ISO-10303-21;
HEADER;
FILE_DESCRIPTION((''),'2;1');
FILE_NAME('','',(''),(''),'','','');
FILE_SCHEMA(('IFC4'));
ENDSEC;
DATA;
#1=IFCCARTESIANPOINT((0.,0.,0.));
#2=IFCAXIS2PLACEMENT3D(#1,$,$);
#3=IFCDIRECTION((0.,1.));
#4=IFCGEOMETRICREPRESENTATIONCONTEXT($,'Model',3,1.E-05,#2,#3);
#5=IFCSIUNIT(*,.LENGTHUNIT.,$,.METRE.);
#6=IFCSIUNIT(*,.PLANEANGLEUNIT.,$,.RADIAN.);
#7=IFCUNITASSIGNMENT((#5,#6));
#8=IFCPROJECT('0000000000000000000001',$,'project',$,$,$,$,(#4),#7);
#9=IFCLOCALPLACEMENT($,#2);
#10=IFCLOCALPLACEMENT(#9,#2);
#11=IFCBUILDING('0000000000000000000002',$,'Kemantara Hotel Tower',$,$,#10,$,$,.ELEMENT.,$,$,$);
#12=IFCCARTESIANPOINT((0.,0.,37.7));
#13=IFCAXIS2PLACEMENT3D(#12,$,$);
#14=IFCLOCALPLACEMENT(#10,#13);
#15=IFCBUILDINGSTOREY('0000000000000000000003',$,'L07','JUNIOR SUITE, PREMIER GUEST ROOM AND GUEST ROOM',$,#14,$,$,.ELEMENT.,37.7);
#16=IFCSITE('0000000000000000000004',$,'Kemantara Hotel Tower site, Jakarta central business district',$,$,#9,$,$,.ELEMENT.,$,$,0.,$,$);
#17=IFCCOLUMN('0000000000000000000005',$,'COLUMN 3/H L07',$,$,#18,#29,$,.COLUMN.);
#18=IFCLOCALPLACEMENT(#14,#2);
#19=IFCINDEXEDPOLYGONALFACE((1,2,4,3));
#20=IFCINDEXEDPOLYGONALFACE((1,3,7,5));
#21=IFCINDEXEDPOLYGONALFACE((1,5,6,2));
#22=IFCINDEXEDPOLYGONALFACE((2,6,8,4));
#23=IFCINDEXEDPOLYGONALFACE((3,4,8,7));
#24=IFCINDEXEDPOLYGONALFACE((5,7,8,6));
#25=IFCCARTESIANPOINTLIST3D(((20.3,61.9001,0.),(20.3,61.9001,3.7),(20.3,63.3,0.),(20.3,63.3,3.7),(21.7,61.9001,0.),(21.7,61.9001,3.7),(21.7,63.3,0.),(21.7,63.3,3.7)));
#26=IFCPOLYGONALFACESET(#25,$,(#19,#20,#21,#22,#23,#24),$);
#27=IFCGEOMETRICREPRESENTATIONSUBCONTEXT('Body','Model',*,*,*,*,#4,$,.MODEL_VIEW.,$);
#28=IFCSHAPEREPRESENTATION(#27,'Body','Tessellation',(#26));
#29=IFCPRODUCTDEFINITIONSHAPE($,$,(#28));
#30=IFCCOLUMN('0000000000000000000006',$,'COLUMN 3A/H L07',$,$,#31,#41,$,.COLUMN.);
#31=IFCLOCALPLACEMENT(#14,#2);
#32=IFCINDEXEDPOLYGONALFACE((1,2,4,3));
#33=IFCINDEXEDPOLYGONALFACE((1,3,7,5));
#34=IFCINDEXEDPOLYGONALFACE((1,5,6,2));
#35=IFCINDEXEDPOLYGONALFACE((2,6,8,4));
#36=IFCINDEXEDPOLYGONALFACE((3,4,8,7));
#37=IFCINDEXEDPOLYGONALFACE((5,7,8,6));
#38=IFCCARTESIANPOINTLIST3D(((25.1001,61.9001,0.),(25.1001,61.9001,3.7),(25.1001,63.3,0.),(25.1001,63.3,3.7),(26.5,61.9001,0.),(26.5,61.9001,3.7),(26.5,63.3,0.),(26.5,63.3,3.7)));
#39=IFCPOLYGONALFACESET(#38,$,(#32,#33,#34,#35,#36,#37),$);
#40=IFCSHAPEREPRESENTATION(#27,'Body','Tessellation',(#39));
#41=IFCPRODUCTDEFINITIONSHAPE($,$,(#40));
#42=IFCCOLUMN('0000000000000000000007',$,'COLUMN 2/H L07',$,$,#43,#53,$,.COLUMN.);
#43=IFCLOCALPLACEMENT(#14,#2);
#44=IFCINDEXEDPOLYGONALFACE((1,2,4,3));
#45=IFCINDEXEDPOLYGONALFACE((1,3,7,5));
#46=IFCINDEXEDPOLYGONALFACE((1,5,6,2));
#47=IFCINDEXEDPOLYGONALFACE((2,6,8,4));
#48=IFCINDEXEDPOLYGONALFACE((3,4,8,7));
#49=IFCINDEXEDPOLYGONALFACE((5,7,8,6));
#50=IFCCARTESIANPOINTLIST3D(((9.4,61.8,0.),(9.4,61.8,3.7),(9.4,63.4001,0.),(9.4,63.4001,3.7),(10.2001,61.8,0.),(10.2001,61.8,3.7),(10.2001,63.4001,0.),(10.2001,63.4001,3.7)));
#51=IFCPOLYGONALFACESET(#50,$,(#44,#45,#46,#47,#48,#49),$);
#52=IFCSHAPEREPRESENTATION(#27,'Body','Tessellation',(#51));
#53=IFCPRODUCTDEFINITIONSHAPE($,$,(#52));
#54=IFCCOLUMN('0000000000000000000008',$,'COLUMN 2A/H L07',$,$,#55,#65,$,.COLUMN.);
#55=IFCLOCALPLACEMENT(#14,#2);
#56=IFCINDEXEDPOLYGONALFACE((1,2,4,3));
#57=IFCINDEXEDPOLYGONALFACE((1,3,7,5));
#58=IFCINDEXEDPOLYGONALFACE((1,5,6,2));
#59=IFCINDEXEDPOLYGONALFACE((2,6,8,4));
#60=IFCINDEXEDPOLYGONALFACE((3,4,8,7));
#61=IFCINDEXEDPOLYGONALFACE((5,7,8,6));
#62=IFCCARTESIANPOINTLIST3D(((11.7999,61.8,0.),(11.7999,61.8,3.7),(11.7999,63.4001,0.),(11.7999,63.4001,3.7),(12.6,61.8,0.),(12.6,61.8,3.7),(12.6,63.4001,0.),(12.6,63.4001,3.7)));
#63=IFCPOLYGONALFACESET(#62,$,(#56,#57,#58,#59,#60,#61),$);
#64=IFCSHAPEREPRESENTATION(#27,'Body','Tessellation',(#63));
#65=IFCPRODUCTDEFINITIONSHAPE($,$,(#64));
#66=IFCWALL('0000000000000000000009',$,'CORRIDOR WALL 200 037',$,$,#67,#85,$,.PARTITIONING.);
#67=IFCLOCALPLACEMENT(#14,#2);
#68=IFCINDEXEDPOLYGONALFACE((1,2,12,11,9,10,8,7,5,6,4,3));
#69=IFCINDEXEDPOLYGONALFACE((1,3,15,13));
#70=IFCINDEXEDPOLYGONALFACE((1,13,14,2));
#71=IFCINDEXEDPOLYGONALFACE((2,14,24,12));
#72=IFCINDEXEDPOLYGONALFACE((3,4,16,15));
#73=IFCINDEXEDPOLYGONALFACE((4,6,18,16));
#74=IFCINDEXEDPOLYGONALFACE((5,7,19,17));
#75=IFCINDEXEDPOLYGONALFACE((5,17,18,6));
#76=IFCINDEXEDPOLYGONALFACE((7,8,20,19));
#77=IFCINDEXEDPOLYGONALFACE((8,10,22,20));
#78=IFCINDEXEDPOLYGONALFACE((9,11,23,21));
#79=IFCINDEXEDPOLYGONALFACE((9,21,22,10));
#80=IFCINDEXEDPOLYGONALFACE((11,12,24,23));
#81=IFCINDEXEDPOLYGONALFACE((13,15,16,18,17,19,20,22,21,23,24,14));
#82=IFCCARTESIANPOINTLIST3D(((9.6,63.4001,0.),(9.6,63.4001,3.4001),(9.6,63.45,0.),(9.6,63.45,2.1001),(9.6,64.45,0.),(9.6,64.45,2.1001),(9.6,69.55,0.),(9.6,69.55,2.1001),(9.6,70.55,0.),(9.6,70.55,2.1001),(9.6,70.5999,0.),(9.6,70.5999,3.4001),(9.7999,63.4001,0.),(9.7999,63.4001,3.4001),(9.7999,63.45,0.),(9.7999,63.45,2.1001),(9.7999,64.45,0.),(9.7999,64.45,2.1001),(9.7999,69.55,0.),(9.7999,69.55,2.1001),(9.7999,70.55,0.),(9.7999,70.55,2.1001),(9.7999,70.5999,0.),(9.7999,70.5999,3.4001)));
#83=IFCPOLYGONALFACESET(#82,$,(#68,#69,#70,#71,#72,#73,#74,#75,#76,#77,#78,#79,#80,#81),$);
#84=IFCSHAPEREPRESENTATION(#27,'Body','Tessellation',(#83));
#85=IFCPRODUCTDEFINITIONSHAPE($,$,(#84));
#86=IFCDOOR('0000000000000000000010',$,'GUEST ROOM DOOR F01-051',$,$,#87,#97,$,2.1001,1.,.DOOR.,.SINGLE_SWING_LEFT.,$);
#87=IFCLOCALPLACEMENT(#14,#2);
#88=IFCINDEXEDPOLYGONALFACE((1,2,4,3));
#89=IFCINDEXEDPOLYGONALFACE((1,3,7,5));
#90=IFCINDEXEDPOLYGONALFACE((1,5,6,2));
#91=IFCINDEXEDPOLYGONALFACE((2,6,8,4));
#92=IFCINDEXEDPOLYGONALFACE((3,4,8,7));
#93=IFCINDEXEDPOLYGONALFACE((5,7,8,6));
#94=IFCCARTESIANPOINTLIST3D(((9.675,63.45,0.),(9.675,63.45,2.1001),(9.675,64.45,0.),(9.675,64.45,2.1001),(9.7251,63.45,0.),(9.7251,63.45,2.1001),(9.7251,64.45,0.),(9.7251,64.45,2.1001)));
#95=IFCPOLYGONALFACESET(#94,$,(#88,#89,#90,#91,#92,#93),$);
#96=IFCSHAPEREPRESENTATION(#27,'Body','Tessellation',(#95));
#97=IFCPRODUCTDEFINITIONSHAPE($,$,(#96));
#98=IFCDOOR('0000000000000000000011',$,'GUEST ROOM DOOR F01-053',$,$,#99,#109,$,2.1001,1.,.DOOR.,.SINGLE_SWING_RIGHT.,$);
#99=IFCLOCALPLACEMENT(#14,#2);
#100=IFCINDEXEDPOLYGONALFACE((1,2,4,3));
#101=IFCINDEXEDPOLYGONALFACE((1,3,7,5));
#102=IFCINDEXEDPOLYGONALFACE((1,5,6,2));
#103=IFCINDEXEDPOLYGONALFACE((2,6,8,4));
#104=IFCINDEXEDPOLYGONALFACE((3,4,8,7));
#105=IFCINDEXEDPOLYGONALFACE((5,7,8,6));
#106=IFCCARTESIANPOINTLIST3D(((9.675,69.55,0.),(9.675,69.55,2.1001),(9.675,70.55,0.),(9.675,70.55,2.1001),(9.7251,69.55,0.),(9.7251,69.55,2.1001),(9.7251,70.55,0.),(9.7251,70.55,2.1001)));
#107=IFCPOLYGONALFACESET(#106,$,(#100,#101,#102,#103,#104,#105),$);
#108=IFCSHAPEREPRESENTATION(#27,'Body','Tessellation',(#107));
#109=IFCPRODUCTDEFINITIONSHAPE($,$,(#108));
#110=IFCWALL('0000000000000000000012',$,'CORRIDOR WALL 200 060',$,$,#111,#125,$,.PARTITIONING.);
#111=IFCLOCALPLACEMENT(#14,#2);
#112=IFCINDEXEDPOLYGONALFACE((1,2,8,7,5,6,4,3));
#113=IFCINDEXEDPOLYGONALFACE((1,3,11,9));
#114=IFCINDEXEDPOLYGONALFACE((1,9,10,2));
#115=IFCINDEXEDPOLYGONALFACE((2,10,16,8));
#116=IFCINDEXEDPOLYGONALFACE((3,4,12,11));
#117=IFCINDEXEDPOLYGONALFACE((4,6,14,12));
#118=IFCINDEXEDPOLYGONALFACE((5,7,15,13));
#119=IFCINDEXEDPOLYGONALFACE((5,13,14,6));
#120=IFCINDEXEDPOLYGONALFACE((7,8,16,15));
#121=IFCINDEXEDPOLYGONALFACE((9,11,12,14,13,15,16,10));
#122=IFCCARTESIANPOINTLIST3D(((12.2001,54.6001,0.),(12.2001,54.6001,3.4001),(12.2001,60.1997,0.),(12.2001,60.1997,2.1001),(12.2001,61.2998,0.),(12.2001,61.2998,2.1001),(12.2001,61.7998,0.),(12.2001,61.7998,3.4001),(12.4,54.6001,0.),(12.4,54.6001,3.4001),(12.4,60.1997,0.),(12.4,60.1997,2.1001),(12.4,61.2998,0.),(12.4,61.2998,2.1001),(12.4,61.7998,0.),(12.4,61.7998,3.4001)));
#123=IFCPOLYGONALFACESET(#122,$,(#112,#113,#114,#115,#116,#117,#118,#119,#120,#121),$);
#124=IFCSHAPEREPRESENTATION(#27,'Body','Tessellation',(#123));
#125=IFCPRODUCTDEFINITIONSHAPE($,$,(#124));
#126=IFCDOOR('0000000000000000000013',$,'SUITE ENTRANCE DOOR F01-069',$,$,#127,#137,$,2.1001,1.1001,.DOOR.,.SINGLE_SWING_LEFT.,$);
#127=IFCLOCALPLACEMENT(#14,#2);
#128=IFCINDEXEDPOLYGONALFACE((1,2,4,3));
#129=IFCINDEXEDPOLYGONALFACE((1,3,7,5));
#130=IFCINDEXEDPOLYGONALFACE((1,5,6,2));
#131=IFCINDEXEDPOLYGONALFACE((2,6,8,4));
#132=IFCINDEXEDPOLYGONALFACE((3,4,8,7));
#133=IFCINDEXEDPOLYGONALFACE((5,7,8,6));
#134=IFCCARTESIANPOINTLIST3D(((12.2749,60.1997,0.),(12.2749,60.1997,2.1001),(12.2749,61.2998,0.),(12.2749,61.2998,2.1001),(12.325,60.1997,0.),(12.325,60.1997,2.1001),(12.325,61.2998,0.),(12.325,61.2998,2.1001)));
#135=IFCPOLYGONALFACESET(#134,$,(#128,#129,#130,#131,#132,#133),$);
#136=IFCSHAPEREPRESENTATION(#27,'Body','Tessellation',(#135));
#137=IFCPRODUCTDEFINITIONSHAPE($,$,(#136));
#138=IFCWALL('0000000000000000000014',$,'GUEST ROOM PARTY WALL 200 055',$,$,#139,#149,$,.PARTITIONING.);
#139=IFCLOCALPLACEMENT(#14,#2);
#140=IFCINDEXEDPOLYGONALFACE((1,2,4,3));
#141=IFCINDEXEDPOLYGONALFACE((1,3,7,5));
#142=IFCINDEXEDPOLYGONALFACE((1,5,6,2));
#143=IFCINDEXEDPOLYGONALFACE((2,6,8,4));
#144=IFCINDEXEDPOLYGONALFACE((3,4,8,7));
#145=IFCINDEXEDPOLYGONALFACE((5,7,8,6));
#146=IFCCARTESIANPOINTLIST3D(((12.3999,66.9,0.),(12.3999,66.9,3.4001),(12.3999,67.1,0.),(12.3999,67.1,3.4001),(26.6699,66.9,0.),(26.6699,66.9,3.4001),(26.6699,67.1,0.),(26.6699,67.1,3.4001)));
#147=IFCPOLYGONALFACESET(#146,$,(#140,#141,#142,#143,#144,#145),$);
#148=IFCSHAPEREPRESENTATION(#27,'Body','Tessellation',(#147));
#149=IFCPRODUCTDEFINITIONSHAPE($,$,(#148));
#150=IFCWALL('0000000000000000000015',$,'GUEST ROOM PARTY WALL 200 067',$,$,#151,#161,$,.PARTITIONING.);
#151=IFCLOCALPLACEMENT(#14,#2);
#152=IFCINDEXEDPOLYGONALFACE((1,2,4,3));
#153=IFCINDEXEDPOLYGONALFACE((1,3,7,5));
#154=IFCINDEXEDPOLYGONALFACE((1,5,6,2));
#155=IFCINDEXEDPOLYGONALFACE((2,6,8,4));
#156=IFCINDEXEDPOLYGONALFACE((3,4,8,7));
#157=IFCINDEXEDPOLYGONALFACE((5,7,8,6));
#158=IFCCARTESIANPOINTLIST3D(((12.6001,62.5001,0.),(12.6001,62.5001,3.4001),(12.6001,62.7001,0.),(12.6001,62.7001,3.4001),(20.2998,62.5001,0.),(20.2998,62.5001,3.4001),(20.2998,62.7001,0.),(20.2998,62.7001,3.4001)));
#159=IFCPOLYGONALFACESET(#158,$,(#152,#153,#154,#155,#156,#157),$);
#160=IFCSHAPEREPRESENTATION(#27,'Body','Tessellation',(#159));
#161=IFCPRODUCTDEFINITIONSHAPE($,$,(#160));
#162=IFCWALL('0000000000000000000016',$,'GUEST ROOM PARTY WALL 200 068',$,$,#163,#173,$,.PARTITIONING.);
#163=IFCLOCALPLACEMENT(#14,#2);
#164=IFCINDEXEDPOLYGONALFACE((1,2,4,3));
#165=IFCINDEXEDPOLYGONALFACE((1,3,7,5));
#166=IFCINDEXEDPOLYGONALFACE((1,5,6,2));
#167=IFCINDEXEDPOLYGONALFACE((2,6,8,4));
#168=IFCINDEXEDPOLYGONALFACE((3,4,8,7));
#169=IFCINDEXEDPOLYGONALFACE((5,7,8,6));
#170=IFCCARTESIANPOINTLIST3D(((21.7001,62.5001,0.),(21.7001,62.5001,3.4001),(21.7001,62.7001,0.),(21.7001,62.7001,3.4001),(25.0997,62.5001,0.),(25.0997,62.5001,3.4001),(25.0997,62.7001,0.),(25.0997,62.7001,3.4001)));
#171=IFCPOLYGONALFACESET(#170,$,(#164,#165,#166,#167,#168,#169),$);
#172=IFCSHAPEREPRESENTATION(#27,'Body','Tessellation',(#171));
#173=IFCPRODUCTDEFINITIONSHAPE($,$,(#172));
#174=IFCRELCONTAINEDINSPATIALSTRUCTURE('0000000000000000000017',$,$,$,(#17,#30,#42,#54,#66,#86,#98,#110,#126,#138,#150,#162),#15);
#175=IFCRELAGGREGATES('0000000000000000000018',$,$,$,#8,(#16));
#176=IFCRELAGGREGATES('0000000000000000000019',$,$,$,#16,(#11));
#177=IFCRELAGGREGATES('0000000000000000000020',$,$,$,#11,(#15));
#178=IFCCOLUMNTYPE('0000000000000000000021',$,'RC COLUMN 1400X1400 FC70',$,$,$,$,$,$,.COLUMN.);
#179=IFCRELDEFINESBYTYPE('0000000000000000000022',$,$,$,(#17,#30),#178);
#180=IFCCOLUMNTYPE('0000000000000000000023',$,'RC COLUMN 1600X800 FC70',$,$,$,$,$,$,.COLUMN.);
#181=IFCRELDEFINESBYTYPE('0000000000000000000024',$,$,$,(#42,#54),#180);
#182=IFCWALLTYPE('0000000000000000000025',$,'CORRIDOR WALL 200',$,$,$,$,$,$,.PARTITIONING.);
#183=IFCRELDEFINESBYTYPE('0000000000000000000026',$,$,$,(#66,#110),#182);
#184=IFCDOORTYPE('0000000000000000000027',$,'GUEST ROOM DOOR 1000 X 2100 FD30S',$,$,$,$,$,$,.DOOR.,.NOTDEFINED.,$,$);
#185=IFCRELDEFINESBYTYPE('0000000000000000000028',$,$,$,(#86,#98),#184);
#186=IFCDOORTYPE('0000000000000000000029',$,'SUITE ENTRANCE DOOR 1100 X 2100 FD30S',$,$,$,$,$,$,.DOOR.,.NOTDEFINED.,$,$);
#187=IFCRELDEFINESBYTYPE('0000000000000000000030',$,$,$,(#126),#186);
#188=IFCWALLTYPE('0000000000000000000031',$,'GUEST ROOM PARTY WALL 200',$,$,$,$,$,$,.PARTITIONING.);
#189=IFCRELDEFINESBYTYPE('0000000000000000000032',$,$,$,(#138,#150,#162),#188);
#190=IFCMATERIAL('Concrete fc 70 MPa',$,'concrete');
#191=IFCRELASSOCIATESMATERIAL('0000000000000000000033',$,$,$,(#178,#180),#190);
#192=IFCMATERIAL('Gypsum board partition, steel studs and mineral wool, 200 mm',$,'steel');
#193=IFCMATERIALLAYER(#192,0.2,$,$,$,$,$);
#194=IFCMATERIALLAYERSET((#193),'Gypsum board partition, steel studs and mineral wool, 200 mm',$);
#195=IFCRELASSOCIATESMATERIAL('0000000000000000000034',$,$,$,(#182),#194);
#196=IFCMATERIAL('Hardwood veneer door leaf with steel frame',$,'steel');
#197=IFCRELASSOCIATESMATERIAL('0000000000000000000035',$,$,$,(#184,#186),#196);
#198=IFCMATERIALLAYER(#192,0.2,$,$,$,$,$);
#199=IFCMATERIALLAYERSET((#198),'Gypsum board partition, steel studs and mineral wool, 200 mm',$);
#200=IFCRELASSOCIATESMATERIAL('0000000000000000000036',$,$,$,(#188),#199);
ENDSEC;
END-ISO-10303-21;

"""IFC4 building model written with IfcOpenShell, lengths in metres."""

from ifc_helpers import new_model, si_unit, direction, frame, frame_2d, origin, origin_2d, place, context, subcontext, project, spatial, rectangle, extrude, material, layer, layer_set, material_profile, profile_set, type_object, element, fill, save


model = new_model("IFC4")

# Units and contexts
model_context = context("Model", 3, precision=1e-05, world=origin(), true_north=direction((0.0, 1.0)))
body_context = subcontext(model_context, "Body", "Model", "MODEL_VIEW")
ifc_project = project(units=[si_unit("LENGTHUNIT", "METRE"), si_unit("PLANEANGLEUNIT", "RADIAN")], contexts=[model_context])

# Site, building, storey
site_placement = place(None, origin())
site = spatial("IfcSite", under=ifc_project, at=site_placement, Name="Kemantara Hotel Tower site, Jakarta central business district", CompositionType="ELEMENT", RefElevation=0.0)
building_placement = place(site_placement, origin())
building = spatial("IfcBuilding", under=site, at=building_placement, Name="Kemantara Hotel Tower", CompositionType="ELEMENT")
storey_placement = place(building_placement, frame((0.0, 0.0, 37.7)))
storey = spatial("IfcBuildingStorey", under=building, at=storey_placement, Name="L07", Description="JUNIOR SUITE, PREMIER GUEST ROOM AND GUEST ROOM", CompositionType="ELEMENT", Elevation=37.7)

# Columns
ifc_material_1 = material(Name="Concrete fc 70 MPa", Category="concrete")
ifc_material_profile_1 = material_profile(ifc_material_1, rectangle(XDim=1.3999, YDim=1.3999, at=origin_2d()), Name="RC 1400X1400")
ifc_profile_set_1 = profile_set([ifc_material_profile_1], Name="Concrete fc 70 MPa")
column_type_1 = type_object("IfcColumnType", Name="RC COLUMN 1400X1400 FC70", PredefinedType="COLUMN", material=ifc_profile_set_1)
for number, where, z_axis, x_axis, name in (
    (1, (21.0, 62.6001, 0.0), (0.0, 0.0, 1.0), (1.0, 0.0, 0.0), "COLUMN 3/H L07"),
    (2, (25.8, 62.6001, 0.0), (0.0, 0.0, 1.0), (1.0, 0.0, 0.0), "COLUMN 3A/H L07"),
):
    element("IfcColumn", number, at=place(storey_placement, frame(where, z_axis=z_axis, x_axis=x_axis)), inside=storey, type_object=column_type_1, Name=name, PredefinedType="COLUMN", context=body_context, shape_type="SweptSolid", body=[
        extrude(rectangle(XDim=1.3999, YDim=1.3999, at=origin_2d()), origin(), (0.0, 0.0, 1.0), 3.7),
    ])
ifc_material_profile_2 = material_profile(ifc_material_1, rectangle(XDim=1.6001, YDim=0.8, at=origin_2d()), Name="RC 1600X800")
ifc_profile_set_2 = profile_set([ifc_material_profile_2], Name="Concrete fc 70 MPa")
column_type_2 = type_object("IfcColumnType", Name="RC COLUMN 1600X800 FC70", PredefinedType="COLUMN", material=ifc_profile_set_2)
for number, where, z_axis, x_axis, name in (
    (3, (9.8, 62.6001, 0.0), (0.0, 0.0, 1.0), (0.0, 1.0, 0.0), "COLUMN 2/H L07"),
    (4, (12.2, 62.6001, 0.0), (0.0, 0.0, 1.0), (0.0, 1.0, 0.0), "COLUMN 2A/H L07"),
):
    element("IfcColumn", number, at=place(storey_placement, frame(where, z_axis=z_axis, x_axis=x_axis)), inside=storey, type_object=column_type_2, Name=name, PredefinedType="COLUMN", context=body_context, shape_type="SweptSolid", body=[
        extrude(rectangle(XDim=1.6001, YDim=0.8, at=origin_2d()), origin(), (0.0, 0.0, 1.0), 3.7),
    ])

# Wall, openings, doors
ifc_material_2 = material(Name="Gypsum board partition, steel studs and mineral wool, 200 mm", Category="steel")
ifc_layer_1 = layer(ifc_material_2, 0.2)
ifc_layer_set_1 = layer_set([ifc_layer_1], Name="Gypsum board partition, steel studs and mineral wool, 200 mm")
wall_type_1 = type_object("IfcWallType", Name="CORRIDOR WALL 200", PredefinedType="PARTITIONING", material=ifc_layer_set_1)
wall_1_placement = place(storey_placement, frame((9.7, 63.4001, 0.0), z_axis=(0.0, 0.0, 1.0), x_axis=(0.0, 1.0, 0.0)))
wall_1 = element("IfcWall", 5, at=wall_1_placement, inside=storey, type_object=wall_type_1, Name="CORRIDOR WALL 200 037", PredefinedType="PARTITIONING", context=body_context, shape_type="SweptSolid", body=[
    extrude(rectangle(XDim=7.1997, YDim=0.2, at=frame_2d((3.5999, 0.0))), origin(), (0.0, 0.0, 1.0), 3.4001),
])
opening_1_placement = place(wall_1_placement, frame((0.0498, 0.0, 0.0)))
opening_1 = element("IfcOpeningElement", 6, at=opening_1_placement, cuts=wall_1, PredefinedType="OPENING", context=body_context, shape_type="SweptSolid", body=[
    extrude(rectangle(XDim=1.0, YDim=2.1001, at=frame_2d((0.5, 1.05))), frame((0.0, 0.1099, 0.0), z_axis=(0.0, -1.0, 0.0), x_axis=(1.0, 0.0, 0.0)), (0.0, 0.0, 1.0), 0.22),
])
opening_2_placement = place(wall_1_placement, frame((6.1499, 0.0, 0.0)))
opening_2 = element("IfcOpeningElement", 7, at=opening_2_placement, cuts=wall_1, PredefinedType="OPENING", context=body_context, shape_type="SweptSolid", body=[
    extrude(rectangle(XDim=1.0, YDim=2.1001, at=frame_2d((0.5, 1.05))), frame((0.0, 0.1099, 0.0), z_axis=(0.0, -1.0, 0.0), x_axis=(1.0, 0.0, 0.0)), (0.0, 0.0, 1.0), 0.22),
])
ifc_material_3 = material(Name="Hardwood veneer door leaf with steel frame", Category="steel")
door_type_1 = type_object("IfcDoorType", Name="GUEST ROOM DOOR 1000 X 2100 FD30S", OperationType="NOTDEFINED", PredefinedType="DOOR", material=ifc_material_3)
door_1_placement = place(opening_1_placement, origin())
door_1 = element("IfcDoor", 8, at=door_1_placement, inside=storey, type_object=door_type_1, Name="GUEST ROOM DOOR F01-051", OperationType="SINGLE_SWING_LEFT", OverallHeight=2.1001, OverallWidth=1.0, PredefinedType="DOOR", context=body_context, shape_type="SweptSolid", body=[
    extrude(rectangle(XDim=1.0, YDim=2.1001, at=frame_2d((0.5, 1.05))), frame((0.0, 0.0249, 0.0), z_axis=(0.0, -1.0, 0.0), x_axis=(1.0, 0.0, 0.0)), (0.0, 0.0, 1.0), 0.05),
])
fill(opening_1, door_1)
door_2_placement = place(opening_2_placement, origin())
door_2 = element("IfcDoor", 9, at=door_2_placement, inside=storey, type_object=door_type_1, Name="GUEST ROOM DOOR F01-053", OperationType="SINGLE_SWING_RIGHT", OverallHeight=2.1001, OverallWidth=1.0, PredefinedType="DOOR", context=body_context, shape_type="SweptSolid", body=[
    extrude(rectangle(XDim=1.0, YDim=2.1001, at=frame_2d((0.5, 1.05))), frame((0.0, 0.0249, 0.0), z_axis=(0.0, -1.0, 0.0), x_axis=(1.0, 0.0, 0.0)), (0.0, 0.0, 1.0), 0.05),
])
fill(opening_2, door_2)

# Wall, opening, door
wall_2_placement = place(storey_placement, frame((12.3, 61.7998, 0.0), z_axis=(0.0, 0.0, 1.0), x_axis=(0.0, -1.0, 0.0)))
wall_2 = element("IfcWall", 10, at=wall_2_placement, inside=storey, type_object=wall_type_1, Name="CORRIDOR WALL 200 060", PredefinedType="PARTITIONING", context=body_context, shape_type="SweptSolid", body=[
    extrude(rectangle(XDim=7.1997, YDim=0.2, at=frame_2d((3.5999, 0.0))), origin(), (0.0, 0.0, 1.0), 3.4001),
])
opening_3_placement = place(wall_2_placement, frame((0.5, 0.0, 0.0)))
opening_3 = element("IfcOpeningElement", 11, at=opening_3_placement, cuts=wall_2, PredefinedType="OPENING", context=body_context, shape_type="SweptSolid", body=[
    extrude(rectangle(XDim=1.1001, YDim=2.1001, at=frame_2d((0.55, 1.05))), frame((0.0, 0.1099, 0.0), z_axis=(0.0, -1.0, 0.0), x_axis=(1.0, 0.0, 0.0)), (0.0, 0.0, 1.0), 0.22),
])
door_type_2 = type_object("IfcDoorType", Name="SUITE ENTRANCE DOOR 1100 X 2100 FD30S", OperationType="NOTDEFINED", PredefinedType="DOOR", material=ifc_material_3)
door_3_placement = place(opening_3_placement, origin())
door_3 = element("IfcDoor", 12, at=door_3_placement, inside=storey, type_object=door_type_2, Name="SUITE ENTRANCE DOOR F01-069", OperationType="SINGLE_SWING_LEFT", OverallHeight=2.1001, OverallWidth=1.1001, PredefinedType="DOOR", context=body_context, shape_type="SweptSolid", body=[
    extrude(rectangle(XDim=1.1001, YDim=2.1001, at=frame_2d((0.55, 1.05))), frame((0.0, 0.0249, 0.0), z_axis=(0.0, -1.0, 0.0), x_axis=(1.0, 0.0, 0.0)), (0.0, 0.0, 1.0), 0.05),
])
fill(opening_3, door_3)

# Walls
ifc_layer_2 = layer(ifc_material_2, 0.2)
ifc_layer_set_2 = layer_set([ifc_layer_2], Name="Gypsum board partition, steel studs and mineral wool, 200 mm")
wall_type_2 = type_object("IfcWallType", Name="GUEST ROOM PARTY WALL 200", PredefinedType="PARTITIONING", material=ifc_layer_set_2)
wall_3_placement = place(storey_placement, frame((12.3999, 67.0, 0.0), z_axis=(0.0, 0.0, 1.0), x_axis=(1.0, 0.0, 0.0)))
element("IfcWall", 13, at=wall_3_placement, inside=storey, type_object=wall_type_2, Name="GUEST ROOM PARTY WALL 200 055", PredefinedType="PARTITIONING", context=body_context, shape_type="SweptSolid", body=[
    extrude(rectangle(XDim=14.27, YDim=0.2, at=frame_2d((7.135, 0.0))), origin(), (0.0, 0.0, 1.0), 3.4001),
])
wall_4_placement = place(storey_placement, frame((12.6001, 62.6001, 0.0), z_axis=(0.0, 0.0, 1.0), x_axis=(1.0, 0.0, 0.0)))
element("IfcWall", 14, at=wall_4_placement, inside=storey, type_object=wall_type_2, Name="GUEST ROOM PARTY WALL 200 067", PredefinedType="PARTITIONING", context=body_context, shape_type="SweptSolid", body=[
    extrude(rectangle(XDim=7.6997, YDim=0.2, at=frame_2d((3.8499, 0.0))), origin(), (0.0, 0.0, 1.0), 3.4001),
])
wall_5_placement = place(storey_placement, frame((21.7002, 62.6001, 0.0), z_axis=(0.0, 0.0, 1.0), x_axis=(1.0, 0.0, 0.0)))
element("IfcWall", 15, at=wall_5_placement, inside=storey, type_object=wall_type_2, Name="GUEST ROOM PARTY WALL 200 068", PredefinedType="PARTITIONING", context=body_context, shape_type="SweptSolid", body=[
    extrude(rectangle(XDim=3.3997, YDim=0.2, at=frame_2d((1.6997, 0.0))), origin(), (0.0, 0.0, 1.0), 3.4001),
])

save(model, "model.ifc")
